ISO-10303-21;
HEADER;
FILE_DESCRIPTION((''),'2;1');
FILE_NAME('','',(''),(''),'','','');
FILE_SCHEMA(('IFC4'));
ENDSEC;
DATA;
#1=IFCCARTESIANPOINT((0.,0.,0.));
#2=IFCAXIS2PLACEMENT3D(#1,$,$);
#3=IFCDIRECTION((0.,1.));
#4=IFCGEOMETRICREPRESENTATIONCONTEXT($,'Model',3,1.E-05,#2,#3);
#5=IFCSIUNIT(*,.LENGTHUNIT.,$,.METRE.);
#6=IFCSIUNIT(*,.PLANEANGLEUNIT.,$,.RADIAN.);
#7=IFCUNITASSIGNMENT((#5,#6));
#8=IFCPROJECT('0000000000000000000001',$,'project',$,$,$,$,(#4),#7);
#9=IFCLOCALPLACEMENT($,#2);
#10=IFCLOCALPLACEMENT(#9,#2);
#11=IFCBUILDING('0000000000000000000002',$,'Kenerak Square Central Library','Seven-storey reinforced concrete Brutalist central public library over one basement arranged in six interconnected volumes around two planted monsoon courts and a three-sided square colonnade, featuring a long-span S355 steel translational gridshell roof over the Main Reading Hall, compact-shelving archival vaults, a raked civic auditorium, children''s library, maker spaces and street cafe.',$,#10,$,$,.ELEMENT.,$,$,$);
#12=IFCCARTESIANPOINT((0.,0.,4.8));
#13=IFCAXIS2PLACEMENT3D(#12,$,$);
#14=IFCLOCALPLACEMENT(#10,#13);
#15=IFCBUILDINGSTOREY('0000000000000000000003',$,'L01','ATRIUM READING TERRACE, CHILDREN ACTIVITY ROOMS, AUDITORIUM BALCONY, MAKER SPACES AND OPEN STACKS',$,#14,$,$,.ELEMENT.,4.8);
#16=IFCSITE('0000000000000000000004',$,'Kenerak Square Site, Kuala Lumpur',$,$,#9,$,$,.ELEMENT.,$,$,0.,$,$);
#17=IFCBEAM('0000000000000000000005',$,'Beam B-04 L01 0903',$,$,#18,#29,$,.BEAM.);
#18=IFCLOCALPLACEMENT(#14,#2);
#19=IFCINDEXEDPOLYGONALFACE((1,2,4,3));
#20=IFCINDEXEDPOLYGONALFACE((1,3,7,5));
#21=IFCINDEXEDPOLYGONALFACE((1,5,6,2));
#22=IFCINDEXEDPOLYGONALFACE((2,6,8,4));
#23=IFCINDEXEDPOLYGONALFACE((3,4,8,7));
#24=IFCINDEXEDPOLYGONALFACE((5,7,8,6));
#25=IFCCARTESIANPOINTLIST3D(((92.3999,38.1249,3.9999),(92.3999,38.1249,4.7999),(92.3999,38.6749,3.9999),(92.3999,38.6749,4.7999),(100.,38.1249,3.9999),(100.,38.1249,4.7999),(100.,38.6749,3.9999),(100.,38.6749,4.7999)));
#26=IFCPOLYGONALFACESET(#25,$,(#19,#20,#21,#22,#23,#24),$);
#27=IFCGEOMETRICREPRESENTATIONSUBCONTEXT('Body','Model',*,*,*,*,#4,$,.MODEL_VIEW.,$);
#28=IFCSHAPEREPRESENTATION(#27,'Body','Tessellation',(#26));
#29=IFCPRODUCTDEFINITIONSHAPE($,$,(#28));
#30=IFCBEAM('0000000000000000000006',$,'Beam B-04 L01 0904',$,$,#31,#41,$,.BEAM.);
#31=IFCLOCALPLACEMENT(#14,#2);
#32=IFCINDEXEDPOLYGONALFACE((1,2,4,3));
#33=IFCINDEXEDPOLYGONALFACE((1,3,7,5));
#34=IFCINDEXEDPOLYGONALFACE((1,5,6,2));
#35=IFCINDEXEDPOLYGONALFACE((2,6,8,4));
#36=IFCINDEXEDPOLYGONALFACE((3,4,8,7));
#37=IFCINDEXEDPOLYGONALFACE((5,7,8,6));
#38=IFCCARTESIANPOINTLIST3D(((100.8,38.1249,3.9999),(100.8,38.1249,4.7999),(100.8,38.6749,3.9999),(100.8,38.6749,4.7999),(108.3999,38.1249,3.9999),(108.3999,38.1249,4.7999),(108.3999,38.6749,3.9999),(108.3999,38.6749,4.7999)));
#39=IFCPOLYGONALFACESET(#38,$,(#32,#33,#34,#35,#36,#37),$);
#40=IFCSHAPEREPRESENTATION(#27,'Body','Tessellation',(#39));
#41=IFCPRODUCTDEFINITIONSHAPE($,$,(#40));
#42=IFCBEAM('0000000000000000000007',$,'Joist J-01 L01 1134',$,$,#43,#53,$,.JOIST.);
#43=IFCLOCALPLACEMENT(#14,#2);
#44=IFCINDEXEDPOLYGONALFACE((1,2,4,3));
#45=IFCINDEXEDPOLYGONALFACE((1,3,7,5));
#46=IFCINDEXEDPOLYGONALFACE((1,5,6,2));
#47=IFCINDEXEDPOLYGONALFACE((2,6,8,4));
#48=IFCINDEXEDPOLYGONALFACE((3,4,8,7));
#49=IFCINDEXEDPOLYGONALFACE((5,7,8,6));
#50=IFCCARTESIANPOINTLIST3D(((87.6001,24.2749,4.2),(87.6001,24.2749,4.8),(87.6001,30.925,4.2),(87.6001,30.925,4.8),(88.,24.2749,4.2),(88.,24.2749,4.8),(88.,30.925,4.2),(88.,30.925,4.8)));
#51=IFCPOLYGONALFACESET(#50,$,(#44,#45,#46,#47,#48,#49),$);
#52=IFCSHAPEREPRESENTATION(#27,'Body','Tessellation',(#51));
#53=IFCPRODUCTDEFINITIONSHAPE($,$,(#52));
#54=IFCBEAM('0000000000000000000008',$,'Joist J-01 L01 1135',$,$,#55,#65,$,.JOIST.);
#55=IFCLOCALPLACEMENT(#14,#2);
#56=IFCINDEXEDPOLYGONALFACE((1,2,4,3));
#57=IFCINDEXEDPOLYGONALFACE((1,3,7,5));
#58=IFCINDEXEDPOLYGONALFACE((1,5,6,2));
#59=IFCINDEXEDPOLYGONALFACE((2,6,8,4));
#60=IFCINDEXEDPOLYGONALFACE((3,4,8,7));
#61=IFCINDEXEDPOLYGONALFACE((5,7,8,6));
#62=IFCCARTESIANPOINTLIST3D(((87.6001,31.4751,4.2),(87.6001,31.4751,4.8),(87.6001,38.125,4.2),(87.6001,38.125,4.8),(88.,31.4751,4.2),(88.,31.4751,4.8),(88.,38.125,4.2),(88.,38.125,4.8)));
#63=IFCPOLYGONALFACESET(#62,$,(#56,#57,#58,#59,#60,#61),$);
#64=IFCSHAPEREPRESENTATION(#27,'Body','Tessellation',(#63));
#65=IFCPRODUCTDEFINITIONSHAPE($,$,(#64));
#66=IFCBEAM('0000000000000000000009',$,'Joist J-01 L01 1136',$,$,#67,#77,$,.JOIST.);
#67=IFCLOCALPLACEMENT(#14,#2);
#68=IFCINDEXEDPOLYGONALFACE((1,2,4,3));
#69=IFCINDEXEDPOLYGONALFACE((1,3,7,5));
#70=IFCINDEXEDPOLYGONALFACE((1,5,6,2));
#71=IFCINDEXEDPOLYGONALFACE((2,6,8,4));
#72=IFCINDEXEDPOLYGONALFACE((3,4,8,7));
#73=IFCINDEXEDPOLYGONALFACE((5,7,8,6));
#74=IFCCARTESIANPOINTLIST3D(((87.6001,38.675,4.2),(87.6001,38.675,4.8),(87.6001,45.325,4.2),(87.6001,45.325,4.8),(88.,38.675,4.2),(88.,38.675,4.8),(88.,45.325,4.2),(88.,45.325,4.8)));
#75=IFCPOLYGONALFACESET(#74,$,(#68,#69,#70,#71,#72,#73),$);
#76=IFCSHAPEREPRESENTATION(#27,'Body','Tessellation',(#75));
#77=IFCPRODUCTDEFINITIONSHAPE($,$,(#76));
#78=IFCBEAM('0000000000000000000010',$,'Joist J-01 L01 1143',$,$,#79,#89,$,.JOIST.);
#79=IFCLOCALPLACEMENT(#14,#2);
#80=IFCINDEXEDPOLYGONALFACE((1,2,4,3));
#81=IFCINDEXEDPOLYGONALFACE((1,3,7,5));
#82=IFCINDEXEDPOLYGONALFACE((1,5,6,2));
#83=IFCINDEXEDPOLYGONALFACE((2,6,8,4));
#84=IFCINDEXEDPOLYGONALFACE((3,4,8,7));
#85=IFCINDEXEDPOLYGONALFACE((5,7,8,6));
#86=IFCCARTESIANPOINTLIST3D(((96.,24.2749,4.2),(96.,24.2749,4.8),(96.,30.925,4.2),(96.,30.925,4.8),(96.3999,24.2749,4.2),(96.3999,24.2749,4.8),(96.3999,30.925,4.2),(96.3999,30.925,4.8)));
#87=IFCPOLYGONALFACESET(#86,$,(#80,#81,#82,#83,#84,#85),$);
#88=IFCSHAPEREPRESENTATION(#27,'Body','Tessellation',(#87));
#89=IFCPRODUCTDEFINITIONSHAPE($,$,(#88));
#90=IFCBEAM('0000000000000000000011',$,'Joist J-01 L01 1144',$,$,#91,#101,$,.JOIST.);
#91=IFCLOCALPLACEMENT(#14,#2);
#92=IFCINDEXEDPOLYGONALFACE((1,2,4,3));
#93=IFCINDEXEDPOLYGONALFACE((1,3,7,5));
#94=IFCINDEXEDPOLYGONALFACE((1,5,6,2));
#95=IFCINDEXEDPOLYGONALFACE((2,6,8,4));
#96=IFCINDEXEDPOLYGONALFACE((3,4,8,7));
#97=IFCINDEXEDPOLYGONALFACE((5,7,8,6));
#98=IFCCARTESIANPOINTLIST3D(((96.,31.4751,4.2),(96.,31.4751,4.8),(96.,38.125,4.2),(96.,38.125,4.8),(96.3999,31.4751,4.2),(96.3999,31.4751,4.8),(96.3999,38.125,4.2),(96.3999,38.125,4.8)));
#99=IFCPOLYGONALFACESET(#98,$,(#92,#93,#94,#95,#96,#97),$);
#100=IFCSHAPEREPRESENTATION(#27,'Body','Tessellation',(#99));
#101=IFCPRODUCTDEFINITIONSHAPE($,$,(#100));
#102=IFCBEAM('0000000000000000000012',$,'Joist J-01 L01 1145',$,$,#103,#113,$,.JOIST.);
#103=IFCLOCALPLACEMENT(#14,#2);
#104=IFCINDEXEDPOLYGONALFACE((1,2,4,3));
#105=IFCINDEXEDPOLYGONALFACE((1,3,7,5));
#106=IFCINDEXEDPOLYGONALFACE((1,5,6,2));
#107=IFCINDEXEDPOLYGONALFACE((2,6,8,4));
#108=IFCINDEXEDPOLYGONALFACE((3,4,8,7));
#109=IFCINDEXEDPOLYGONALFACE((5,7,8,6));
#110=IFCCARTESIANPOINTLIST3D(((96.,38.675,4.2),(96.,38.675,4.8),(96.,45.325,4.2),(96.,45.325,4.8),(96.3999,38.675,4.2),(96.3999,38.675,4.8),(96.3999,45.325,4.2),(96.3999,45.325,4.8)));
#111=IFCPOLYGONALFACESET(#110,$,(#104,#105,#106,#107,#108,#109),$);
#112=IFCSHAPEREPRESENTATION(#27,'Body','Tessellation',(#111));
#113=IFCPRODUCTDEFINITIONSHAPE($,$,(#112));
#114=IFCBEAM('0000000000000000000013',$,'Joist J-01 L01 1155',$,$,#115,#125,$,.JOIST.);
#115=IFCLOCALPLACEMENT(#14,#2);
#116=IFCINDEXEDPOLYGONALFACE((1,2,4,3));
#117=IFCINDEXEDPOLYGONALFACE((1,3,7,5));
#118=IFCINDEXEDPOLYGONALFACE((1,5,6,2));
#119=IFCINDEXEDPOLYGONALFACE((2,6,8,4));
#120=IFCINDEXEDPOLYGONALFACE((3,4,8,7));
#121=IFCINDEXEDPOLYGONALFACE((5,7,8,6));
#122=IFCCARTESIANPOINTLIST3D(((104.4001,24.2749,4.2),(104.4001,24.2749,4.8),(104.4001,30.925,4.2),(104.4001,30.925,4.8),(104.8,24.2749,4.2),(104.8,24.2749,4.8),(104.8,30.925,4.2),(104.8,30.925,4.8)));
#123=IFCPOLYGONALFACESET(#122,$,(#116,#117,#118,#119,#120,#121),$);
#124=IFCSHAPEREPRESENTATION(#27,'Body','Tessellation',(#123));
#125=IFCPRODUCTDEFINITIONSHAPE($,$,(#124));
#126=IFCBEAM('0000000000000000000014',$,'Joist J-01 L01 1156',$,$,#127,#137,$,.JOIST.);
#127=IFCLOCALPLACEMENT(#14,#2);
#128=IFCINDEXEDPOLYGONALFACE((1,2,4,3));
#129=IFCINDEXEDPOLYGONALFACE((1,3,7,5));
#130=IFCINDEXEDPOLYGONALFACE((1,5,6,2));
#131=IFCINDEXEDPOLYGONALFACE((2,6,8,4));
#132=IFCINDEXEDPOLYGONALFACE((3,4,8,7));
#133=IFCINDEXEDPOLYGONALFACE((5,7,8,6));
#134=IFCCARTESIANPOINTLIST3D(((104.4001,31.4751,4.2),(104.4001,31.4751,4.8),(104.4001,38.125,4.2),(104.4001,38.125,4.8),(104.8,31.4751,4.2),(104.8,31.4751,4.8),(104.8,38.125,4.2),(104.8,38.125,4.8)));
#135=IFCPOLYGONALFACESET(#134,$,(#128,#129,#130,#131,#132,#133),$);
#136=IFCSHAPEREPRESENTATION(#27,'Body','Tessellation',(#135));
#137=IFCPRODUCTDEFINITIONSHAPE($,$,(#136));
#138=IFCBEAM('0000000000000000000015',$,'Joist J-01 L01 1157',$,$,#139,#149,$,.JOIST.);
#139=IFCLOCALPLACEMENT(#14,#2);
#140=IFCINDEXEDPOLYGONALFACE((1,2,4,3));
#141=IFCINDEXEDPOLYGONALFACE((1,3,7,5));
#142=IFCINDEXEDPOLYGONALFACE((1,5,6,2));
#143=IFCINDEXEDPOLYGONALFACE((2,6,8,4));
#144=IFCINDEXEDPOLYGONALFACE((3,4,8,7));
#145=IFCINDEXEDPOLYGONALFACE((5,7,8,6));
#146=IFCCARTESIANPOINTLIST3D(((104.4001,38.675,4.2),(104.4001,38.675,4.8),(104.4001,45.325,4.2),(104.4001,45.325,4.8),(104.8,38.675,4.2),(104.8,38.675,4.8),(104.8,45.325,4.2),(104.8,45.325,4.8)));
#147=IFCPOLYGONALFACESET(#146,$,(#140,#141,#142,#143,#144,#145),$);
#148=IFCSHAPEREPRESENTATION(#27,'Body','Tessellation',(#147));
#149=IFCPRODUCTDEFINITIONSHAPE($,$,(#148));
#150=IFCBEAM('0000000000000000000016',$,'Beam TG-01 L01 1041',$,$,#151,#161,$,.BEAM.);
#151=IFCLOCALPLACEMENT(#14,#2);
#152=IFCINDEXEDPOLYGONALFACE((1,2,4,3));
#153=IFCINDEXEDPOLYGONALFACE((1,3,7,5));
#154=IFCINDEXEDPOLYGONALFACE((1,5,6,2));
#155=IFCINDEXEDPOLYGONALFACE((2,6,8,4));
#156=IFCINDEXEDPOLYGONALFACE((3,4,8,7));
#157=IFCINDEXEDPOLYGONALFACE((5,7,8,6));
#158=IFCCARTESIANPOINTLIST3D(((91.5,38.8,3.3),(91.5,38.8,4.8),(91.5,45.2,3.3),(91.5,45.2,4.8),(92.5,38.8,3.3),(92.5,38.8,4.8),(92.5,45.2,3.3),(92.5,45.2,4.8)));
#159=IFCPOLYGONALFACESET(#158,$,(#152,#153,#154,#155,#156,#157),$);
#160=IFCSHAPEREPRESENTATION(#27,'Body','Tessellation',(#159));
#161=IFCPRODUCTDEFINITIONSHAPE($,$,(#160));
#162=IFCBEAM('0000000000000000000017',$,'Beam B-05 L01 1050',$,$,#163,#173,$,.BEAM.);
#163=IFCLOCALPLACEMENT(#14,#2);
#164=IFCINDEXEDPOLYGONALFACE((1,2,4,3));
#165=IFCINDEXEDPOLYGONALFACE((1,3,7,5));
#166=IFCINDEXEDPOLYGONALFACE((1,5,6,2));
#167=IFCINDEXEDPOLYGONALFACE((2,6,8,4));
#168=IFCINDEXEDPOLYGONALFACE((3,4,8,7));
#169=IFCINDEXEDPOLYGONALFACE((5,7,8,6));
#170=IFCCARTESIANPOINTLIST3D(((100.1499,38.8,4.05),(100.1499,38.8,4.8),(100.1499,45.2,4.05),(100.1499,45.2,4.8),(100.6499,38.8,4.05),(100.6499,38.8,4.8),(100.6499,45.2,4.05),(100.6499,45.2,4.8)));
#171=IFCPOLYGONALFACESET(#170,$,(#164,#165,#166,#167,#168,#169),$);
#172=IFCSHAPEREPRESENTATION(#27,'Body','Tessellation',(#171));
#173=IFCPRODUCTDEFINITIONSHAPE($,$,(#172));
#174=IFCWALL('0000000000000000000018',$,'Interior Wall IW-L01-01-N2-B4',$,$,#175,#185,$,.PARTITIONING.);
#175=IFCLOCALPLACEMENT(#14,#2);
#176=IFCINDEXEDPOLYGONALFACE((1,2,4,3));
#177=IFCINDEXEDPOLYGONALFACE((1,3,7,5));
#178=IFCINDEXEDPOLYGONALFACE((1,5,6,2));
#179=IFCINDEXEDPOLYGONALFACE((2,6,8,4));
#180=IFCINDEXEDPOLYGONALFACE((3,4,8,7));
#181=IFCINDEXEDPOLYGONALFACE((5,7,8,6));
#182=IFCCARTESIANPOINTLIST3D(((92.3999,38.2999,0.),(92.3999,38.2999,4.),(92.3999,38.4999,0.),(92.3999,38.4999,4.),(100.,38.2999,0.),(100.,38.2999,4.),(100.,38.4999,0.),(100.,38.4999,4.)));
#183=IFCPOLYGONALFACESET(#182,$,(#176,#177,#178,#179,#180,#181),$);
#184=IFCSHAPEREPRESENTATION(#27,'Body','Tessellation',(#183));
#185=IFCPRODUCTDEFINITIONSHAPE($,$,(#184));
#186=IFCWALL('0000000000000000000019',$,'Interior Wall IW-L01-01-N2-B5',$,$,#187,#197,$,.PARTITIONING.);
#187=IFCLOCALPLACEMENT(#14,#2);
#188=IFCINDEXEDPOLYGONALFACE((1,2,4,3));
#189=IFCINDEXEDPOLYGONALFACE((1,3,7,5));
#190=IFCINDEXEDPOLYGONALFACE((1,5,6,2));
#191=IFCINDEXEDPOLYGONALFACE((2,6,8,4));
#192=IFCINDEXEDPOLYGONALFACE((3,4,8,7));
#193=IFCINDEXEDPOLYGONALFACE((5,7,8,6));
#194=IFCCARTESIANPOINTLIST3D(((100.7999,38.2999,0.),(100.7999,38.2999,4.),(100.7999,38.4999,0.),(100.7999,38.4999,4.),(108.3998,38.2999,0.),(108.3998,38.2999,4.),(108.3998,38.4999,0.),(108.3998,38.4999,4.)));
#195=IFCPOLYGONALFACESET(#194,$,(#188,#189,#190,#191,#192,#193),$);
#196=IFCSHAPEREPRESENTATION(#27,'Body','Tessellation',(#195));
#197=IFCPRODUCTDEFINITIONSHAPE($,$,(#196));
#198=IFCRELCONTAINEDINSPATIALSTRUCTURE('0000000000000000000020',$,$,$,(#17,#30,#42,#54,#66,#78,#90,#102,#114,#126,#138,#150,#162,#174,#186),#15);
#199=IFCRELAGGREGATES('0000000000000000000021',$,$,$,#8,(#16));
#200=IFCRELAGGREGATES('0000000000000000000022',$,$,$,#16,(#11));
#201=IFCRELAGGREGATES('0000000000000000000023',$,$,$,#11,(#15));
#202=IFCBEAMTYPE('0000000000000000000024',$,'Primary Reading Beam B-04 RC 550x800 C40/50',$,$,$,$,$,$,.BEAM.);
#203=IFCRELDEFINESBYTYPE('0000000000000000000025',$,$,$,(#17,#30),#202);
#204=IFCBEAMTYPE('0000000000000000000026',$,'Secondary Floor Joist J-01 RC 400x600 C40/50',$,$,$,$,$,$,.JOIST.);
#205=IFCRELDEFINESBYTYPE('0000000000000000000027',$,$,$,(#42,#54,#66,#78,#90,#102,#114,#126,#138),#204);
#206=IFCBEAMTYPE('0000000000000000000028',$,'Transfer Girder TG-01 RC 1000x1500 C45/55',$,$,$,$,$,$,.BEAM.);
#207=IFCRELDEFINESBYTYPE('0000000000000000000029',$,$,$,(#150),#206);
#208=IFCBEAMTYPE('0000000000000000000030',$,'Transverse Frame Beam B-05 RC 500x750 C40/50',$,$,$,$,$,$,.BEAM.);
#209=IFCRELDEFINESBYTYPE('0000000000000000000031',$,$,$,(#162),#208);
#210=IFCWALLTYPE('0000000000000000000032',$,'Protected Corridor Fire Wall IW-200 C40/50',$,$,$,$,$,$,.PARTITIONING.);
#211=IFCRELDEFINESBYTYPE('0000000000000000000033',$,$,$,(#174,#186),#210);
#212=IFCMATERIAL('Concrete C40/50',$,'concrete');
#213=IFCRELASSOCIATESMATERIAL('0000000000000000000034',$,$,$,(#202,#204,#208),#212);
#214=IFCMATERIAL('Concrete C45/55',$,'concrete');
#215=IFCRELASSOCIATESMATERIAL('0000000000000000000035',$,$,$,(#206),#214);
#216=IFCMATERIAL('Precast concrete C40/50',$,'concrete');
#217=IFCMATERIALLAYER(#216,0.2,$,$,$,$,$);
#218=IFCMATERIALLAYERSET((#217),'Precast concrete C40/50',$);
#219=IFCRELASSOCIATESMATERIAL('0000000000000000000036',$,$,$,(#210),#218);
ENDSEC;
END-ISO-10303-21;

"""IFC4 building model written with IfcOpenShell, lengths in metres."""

from ifc_helpers import new_model, si_unit, direction, frame, frame_2d, origin, origin_2d, place, context, subcontext, project, spatial, rectangle, extrude, material, layer, layer_set, material_profile, profile_set, type_object, element, save


model = new_model("IFC4")

# Units and contexts
model_context = context("Model", 3, precision=1e-05, world=origin(), true_north=direction((0.0, 1.0)))
body_context = subcontext(model_context, "Body", "Model", "MODEL_VIEW")
ifc_project = project(units=[si_unit("LENGTHUNIT", "METRE"), si_unit("PLANEANGLEUNIT", "RADIAN")], contexts=[model_context])

# Site, building, storey
site_placement = place(None, origin())
site = spatial("IfcSite", under=ifc_project, at=site_placement, Name="Kenerak Square Site, Kuala Lumpur", CompositionType="ELEMENT", RefElevation=0.0)
building_placement = place(site_placement, origin())
building = spatial("IfcBuilding", under=site, at=building_placement, Name="Kenerak Square Central Library", Description="Seven-storey reinforced concrete Brutalist central public library over one basement arranged in six interconnected volumes around two planted monsoon courts and a three-sided square colonnade, featuring a long-span S355 steel translational gridshell roof over the Main Reading Hall, compact-shelving archival vaults, a raked civic auditorium, children's library, maker spaces and street cafe.", CompositionType="ELEMENT")
storey_placement = place(building_placement, frame((0.0, 0.0, 4.8)))
storey = spatial("IfcBuildingStorey", under=building, at=storey_placement, Name="L01", Description="ATRIUM READING TERRACE, CHILDREN ACTIVITY ROOMS, AUDITORIUM BALCONY, MAKER SPACES AND OPEN STACKS", CompositionType="ELEMENT", Elevation=4.8)

# Shared definitions
ifc_material_1 = material(Name="Concrete C45/55", Category="concrete")

# Beams
ifc_material_2 = material(Name="Concrete C40/50", Category="concrete")
ifc_material_profile_1 = material_profile(ifc_material_2, rectangle(XDim=0.55, YDim=0.8, at=origin_2d()), Name="RC 550x800")
ifc_profile_set_1 = profile_set([ifc_material_profile_1], Name="Concrete C40/50")
beam_type_1 = type_object("IfcBeamType", Name="Primary Reading Beam B-04 RC 550x800 C40/50", PredefinedType="BEAM", material=ifc_profile_set_1)
beam_1_placement = place(storey_placement, frame((92.3999, 38.3999, 4.3999), z_axis=(1.0, 0.0, 0.0), x_axis=(0.0, 1.0, 0.0)))
element("IfcBeam", 1, at=beam_1_placement, inside=storey, type_object=beam_type_1, Name="Beam B-04 L01 0903", PredefinedType="BEAM", context=body_context, shape_type="SweptSolid", body=[
    extrude(rectangle(XDim=0.55, YDim=0.8, at=origin_2d()), origin(), (0.0, 0.0, 1.0), 7.6001),
])
beam_2_placement = place(storey_placement, frame((100.8, 38.3999, 4.3999), z_axis=(1.0, 0.0, 0.0), x_axis=(0.0, 1.0, 0.0)))
element("IfcBeam", 2, at=beam_2_placement, inside=storey, type_object=beam_type_1, Name="Beam B-04 L01 0904", PredefinedType="BEAM", context=body_context, shape_type="SweptSolid", body=[
    extrude(rectangle(XDim=0.55, YDim=0.8, at=origin_2d()), origin(), (0.0, 0.0, 1.0), 7.5999),
])
ifc_material_profile_2 = material_profile(ifc_material_2, rectangle(XDim=0.3999, YDim=0.6001, at=origin_2d()), Name="RC 400x600")
ifc_profile_set_2 = profile_set([ifc_material_profile_2], Name="Concrete C40/50")
beam_type_2 = type_object("IfcBeamType", Name="Secondary Floor Joist J-01 RC 400x600 C40/50", PredefinedType="JOIST", material=ifc_profile_set_2)
beam_3_placement = place(storey_placement, frame((87.8, 24.2749, 4.5), z_axis=(0.0, 1.0, 0.0), x_axis=(-1.0, 0.0, 0.0)))
element("IfcBeam", 3, at=beam_3_placement, inside=storey, type_object=beam_type_2, Name="Joist J-01 L01 1134", PredefinedType="JOIST", context=body_context, shape_type="SweptSolid", body=[
    extrude(rectangle(XDim=0.3999, YDim=0.6001, at=origin_2d()), origin(), (0.0, 0.0, 1.0), 6.6501),
])
for number, where, z_axis, x_axis, name in (
    (4, (87.8, 31.4751, 4.5), (0.0, 1.0, 0.0), (-1.0, 0.0, 0.0), "Joist J-01 L01 1135"),
    (5, (87.8, 38.675, 4.5), (0.0, 1.0, 0.0), (-1.0, 0.0, 0.0), "Joist J-01 L01 1136"),
):
    element("IfcBeam", number, at=place(storey_placement, frame(where, z_axis=z_axis, x_axis=x_axis)), inside=storey, type_object=beam_type_2, Name=name, PredefinedType="JOIST", context=body_context, shape_type="SweptSolid", body=[
        extrude(rectangle(XDim=0.3999, YDim=0.6001, at=origin_2d()), origin(), (0.0, 0.0, 1.0), 6.6499),
    ])
beam_4_placement = place(storey_placement, frame((96.2, 24.2749, 4.5), z_axis=(0.0, 1.0, 0.0), x_axis=(-1.0, 0.0, 0.0)))
element("IfcBeam", 6, at=beam_4_placement, inside=storey, type_object=beam_type_2, Name="Joist J-01 L01 1143", PredefinedType="JOIST", context=body_context, shape_type="SweptSolid", body=[
    extrude(rectangle(XDim=0.3999, YDim=0.6001, at=origin_2d()), origin(), (0.0, 0.0, 1.0), 6.6501),
])
for number, where, z_axis, x_axis, name in (
    (7, (96.2, 31.4751, 4.5), (0.0, 1.0, 0.0), (-1.0, 0.0, 0.0), "Joist J-01 L01 1144"),
    (8, (96.2, 38.675, 4.5), (0.0, 1.0, 0.0), (-1.0, 0.0, 0.0), "Joist J-01 L01 1145"),
):
    element("IfcBeam", number, at=place(storey_placement, frame(where, z_axis=z_axis, x_axis=x_axis)), inside=storey, type_object=beam_type_2, Name=name, PredefinedType="JOIST", context=body_context, shape_type="SweptSolid", body=[
        extrude(rectangle(XDim=0.3999, YDim=0.6001, at=origin_2d()), origin(), (0.0, 0.0, 1.0), 6.6499),
    ])
beam_5_placement = place(storey_placement, frame((104.6001, 24.2749, 4.5), z_axis=(0.0, 1.0, 0.0), x_axis=(-1.0, 0.0, 0.0)))
element("IfcBeam", 9, at=beam_5_placement, inside=storey, type_object=beam_type_2, Name="Joist J-01 L01 1155", PredefinedType="JOIST", context=body_context, shape_type="SweptSolid", body=[
    extrude(rectangle(XDim=0.3999, YDim=0.6001, at=origin_2d()), origin(), (0.0, 0.0, 1.0), 6.6501),
])
for number, where, z_axis, x_axis, name in (
    (10, (104.6001, 31.4751, 4.5), (0.0, 1.0, 0.0), (-1.0, 0.0, 0.0), "Joist J-01 L01 1156"),
    (11, (104.6001, 38.675, 4.5), (0.0, 1.0, 0.0), (-1.0, 0.0, 0.0), "Joist J-01 L01 1157"),
):
    element("IfcBeam", number, at=place(storey_placement, frame(where, z_axis=z_axis, x_axis=x_axis)), inside=storey, type_object=beam_type_2, Name=name, PredefinedType="JOIST", context=body_context, shape_type="SweptSolid", body=[
        extrude(rectangle(XDim=0.3999, YDim=0.6001, at=origin_2d()), origin(), (0.0, 0.0, 1.0), 6.6499),
    ])
ifc_material_profile_3 = material_profile(ifc_material_1, rectangle(XDim=1.0, YDim=1.5, at=origin_2d()), Name="RC 1000x1500")
ifc_profile_set_3 = profile_set([ifc_material_profile_3], Name="Concrete C45/55")
beam_type_3 = type_object("IfcBeamType", Name="Transfer Girder TG-01 RC 1000x1500 C45/55", PredefinedType="BEAM", material=ifc_profile_set_3)
beam_6_placement = place(storey_placement, frame((92.0, 38.8, 4.05), z_axis=(0.0, 1.0, 0.0), x_axis=(-1.0, 0.0, 0.0)))
element("IfcBeam", 12, at=beam_6_placement, inside=storey, type_object=beam_type_3, Name="Beam TG-01 L01 1041", PredefinedType="BEAM", context=body_context, shape_type="SweptSolid", body=[
    extrude(rectangle(XDim=1.0, YDim=1.5, at=origin_2d()), origin(), (0.0, 0.0, 1.0), 6.3999),
])
ifc_material_profile_4 = material_profile(ifc_material_2, rectangle(XDim=0.5, YDim=0.75, at=origin_2d()), Name="RC 500x750")
ifc_profile_set_4 = profile_set([ifc_material_profile_4], Name="Concrete C40/50")
beam_type_4 = type_object("IfcBeamType", Name="Transverse Frame Beam B-05 RC 500x750 C40/50", PredefinedType="BEAM", material=ifc_profile_set_4)
beam_7_placement = place(storey_placement, frame((100.3999, 38.8, 4.425), z_axis=(0.0, 1.0, 0.0), x_axis=(-1.0, 0.0, 0.0)))
element("IfcBeam", 13, at=beam_7_placement, inside=storey, type_object=beam_type_4, Name="Beam B-05 L01 1050", PredefinedType="BEAM", context=body_context, shape_type="SweptSolid", body=[
    extrude(rectangle(XDim=0.5, YDim=0.75, at=origin_2d()), origin(), (0.0, 0.0, 1.0), 6.3999),
])

# Walls
ifc_material_3 = material(Name="Precast concrete C40/50", Category="concrete")
ifc_layer = layer(ifc_material_3, 0.2)
ifc_layer_set = layer_set([ifc_layer], Name="Precast concrete C40/50")
wall_type = type_object("IfcWallType", Name="Protected Corridor Fire Wall IW-200 C40/50", PredefinedType="PARTITIONING", material=ifc_layer_set)
wall_1_placement = place(storey_placement, frame((92.3999, 38.3999, 0.0), z_axis=(0.0, 0.0, 1.0), x_axis=(1.0, 0.0, 0.0)))
element("IfcWall", 14, at=wall_1_placement, inside=storey, type_object=wall_type, Name="Interior Wall IW-L01-01-N2-B4", PredefinedType="PARTITIONING", context=body_context, shape_type="SweptSolid", body=[
    extrude(rectangle(XDim=7.6001, YDim=0.2, at=frame_2d((3.8, 0.0))), origin(), (0.0, 0.0, 1.0), 4.0),
])
wall_2_placement = place(storey_placement, frame((100.8, 38.3999, 0.0), z_axis=(0.0, 0.0, 1.0), x_axis=(1.0, 0.0, 0.0)))
element("IfcWall", 15, at=wall_2_placement, inside=storey, type_object=wall_type, Name="Interior Wall IW-L01-01-N2-B5", PredefinedType="PARTITIONING", context=body_context, shape_type="SweptSolid", body=[
    extrude(rectangle(XDim=7.5999, YDim=0.2, at=frame_2d((3.7998, 0.0))), origin(), (0.0, 0.0, 1.0), 4.0),
])

save(model, "model.ifc")
